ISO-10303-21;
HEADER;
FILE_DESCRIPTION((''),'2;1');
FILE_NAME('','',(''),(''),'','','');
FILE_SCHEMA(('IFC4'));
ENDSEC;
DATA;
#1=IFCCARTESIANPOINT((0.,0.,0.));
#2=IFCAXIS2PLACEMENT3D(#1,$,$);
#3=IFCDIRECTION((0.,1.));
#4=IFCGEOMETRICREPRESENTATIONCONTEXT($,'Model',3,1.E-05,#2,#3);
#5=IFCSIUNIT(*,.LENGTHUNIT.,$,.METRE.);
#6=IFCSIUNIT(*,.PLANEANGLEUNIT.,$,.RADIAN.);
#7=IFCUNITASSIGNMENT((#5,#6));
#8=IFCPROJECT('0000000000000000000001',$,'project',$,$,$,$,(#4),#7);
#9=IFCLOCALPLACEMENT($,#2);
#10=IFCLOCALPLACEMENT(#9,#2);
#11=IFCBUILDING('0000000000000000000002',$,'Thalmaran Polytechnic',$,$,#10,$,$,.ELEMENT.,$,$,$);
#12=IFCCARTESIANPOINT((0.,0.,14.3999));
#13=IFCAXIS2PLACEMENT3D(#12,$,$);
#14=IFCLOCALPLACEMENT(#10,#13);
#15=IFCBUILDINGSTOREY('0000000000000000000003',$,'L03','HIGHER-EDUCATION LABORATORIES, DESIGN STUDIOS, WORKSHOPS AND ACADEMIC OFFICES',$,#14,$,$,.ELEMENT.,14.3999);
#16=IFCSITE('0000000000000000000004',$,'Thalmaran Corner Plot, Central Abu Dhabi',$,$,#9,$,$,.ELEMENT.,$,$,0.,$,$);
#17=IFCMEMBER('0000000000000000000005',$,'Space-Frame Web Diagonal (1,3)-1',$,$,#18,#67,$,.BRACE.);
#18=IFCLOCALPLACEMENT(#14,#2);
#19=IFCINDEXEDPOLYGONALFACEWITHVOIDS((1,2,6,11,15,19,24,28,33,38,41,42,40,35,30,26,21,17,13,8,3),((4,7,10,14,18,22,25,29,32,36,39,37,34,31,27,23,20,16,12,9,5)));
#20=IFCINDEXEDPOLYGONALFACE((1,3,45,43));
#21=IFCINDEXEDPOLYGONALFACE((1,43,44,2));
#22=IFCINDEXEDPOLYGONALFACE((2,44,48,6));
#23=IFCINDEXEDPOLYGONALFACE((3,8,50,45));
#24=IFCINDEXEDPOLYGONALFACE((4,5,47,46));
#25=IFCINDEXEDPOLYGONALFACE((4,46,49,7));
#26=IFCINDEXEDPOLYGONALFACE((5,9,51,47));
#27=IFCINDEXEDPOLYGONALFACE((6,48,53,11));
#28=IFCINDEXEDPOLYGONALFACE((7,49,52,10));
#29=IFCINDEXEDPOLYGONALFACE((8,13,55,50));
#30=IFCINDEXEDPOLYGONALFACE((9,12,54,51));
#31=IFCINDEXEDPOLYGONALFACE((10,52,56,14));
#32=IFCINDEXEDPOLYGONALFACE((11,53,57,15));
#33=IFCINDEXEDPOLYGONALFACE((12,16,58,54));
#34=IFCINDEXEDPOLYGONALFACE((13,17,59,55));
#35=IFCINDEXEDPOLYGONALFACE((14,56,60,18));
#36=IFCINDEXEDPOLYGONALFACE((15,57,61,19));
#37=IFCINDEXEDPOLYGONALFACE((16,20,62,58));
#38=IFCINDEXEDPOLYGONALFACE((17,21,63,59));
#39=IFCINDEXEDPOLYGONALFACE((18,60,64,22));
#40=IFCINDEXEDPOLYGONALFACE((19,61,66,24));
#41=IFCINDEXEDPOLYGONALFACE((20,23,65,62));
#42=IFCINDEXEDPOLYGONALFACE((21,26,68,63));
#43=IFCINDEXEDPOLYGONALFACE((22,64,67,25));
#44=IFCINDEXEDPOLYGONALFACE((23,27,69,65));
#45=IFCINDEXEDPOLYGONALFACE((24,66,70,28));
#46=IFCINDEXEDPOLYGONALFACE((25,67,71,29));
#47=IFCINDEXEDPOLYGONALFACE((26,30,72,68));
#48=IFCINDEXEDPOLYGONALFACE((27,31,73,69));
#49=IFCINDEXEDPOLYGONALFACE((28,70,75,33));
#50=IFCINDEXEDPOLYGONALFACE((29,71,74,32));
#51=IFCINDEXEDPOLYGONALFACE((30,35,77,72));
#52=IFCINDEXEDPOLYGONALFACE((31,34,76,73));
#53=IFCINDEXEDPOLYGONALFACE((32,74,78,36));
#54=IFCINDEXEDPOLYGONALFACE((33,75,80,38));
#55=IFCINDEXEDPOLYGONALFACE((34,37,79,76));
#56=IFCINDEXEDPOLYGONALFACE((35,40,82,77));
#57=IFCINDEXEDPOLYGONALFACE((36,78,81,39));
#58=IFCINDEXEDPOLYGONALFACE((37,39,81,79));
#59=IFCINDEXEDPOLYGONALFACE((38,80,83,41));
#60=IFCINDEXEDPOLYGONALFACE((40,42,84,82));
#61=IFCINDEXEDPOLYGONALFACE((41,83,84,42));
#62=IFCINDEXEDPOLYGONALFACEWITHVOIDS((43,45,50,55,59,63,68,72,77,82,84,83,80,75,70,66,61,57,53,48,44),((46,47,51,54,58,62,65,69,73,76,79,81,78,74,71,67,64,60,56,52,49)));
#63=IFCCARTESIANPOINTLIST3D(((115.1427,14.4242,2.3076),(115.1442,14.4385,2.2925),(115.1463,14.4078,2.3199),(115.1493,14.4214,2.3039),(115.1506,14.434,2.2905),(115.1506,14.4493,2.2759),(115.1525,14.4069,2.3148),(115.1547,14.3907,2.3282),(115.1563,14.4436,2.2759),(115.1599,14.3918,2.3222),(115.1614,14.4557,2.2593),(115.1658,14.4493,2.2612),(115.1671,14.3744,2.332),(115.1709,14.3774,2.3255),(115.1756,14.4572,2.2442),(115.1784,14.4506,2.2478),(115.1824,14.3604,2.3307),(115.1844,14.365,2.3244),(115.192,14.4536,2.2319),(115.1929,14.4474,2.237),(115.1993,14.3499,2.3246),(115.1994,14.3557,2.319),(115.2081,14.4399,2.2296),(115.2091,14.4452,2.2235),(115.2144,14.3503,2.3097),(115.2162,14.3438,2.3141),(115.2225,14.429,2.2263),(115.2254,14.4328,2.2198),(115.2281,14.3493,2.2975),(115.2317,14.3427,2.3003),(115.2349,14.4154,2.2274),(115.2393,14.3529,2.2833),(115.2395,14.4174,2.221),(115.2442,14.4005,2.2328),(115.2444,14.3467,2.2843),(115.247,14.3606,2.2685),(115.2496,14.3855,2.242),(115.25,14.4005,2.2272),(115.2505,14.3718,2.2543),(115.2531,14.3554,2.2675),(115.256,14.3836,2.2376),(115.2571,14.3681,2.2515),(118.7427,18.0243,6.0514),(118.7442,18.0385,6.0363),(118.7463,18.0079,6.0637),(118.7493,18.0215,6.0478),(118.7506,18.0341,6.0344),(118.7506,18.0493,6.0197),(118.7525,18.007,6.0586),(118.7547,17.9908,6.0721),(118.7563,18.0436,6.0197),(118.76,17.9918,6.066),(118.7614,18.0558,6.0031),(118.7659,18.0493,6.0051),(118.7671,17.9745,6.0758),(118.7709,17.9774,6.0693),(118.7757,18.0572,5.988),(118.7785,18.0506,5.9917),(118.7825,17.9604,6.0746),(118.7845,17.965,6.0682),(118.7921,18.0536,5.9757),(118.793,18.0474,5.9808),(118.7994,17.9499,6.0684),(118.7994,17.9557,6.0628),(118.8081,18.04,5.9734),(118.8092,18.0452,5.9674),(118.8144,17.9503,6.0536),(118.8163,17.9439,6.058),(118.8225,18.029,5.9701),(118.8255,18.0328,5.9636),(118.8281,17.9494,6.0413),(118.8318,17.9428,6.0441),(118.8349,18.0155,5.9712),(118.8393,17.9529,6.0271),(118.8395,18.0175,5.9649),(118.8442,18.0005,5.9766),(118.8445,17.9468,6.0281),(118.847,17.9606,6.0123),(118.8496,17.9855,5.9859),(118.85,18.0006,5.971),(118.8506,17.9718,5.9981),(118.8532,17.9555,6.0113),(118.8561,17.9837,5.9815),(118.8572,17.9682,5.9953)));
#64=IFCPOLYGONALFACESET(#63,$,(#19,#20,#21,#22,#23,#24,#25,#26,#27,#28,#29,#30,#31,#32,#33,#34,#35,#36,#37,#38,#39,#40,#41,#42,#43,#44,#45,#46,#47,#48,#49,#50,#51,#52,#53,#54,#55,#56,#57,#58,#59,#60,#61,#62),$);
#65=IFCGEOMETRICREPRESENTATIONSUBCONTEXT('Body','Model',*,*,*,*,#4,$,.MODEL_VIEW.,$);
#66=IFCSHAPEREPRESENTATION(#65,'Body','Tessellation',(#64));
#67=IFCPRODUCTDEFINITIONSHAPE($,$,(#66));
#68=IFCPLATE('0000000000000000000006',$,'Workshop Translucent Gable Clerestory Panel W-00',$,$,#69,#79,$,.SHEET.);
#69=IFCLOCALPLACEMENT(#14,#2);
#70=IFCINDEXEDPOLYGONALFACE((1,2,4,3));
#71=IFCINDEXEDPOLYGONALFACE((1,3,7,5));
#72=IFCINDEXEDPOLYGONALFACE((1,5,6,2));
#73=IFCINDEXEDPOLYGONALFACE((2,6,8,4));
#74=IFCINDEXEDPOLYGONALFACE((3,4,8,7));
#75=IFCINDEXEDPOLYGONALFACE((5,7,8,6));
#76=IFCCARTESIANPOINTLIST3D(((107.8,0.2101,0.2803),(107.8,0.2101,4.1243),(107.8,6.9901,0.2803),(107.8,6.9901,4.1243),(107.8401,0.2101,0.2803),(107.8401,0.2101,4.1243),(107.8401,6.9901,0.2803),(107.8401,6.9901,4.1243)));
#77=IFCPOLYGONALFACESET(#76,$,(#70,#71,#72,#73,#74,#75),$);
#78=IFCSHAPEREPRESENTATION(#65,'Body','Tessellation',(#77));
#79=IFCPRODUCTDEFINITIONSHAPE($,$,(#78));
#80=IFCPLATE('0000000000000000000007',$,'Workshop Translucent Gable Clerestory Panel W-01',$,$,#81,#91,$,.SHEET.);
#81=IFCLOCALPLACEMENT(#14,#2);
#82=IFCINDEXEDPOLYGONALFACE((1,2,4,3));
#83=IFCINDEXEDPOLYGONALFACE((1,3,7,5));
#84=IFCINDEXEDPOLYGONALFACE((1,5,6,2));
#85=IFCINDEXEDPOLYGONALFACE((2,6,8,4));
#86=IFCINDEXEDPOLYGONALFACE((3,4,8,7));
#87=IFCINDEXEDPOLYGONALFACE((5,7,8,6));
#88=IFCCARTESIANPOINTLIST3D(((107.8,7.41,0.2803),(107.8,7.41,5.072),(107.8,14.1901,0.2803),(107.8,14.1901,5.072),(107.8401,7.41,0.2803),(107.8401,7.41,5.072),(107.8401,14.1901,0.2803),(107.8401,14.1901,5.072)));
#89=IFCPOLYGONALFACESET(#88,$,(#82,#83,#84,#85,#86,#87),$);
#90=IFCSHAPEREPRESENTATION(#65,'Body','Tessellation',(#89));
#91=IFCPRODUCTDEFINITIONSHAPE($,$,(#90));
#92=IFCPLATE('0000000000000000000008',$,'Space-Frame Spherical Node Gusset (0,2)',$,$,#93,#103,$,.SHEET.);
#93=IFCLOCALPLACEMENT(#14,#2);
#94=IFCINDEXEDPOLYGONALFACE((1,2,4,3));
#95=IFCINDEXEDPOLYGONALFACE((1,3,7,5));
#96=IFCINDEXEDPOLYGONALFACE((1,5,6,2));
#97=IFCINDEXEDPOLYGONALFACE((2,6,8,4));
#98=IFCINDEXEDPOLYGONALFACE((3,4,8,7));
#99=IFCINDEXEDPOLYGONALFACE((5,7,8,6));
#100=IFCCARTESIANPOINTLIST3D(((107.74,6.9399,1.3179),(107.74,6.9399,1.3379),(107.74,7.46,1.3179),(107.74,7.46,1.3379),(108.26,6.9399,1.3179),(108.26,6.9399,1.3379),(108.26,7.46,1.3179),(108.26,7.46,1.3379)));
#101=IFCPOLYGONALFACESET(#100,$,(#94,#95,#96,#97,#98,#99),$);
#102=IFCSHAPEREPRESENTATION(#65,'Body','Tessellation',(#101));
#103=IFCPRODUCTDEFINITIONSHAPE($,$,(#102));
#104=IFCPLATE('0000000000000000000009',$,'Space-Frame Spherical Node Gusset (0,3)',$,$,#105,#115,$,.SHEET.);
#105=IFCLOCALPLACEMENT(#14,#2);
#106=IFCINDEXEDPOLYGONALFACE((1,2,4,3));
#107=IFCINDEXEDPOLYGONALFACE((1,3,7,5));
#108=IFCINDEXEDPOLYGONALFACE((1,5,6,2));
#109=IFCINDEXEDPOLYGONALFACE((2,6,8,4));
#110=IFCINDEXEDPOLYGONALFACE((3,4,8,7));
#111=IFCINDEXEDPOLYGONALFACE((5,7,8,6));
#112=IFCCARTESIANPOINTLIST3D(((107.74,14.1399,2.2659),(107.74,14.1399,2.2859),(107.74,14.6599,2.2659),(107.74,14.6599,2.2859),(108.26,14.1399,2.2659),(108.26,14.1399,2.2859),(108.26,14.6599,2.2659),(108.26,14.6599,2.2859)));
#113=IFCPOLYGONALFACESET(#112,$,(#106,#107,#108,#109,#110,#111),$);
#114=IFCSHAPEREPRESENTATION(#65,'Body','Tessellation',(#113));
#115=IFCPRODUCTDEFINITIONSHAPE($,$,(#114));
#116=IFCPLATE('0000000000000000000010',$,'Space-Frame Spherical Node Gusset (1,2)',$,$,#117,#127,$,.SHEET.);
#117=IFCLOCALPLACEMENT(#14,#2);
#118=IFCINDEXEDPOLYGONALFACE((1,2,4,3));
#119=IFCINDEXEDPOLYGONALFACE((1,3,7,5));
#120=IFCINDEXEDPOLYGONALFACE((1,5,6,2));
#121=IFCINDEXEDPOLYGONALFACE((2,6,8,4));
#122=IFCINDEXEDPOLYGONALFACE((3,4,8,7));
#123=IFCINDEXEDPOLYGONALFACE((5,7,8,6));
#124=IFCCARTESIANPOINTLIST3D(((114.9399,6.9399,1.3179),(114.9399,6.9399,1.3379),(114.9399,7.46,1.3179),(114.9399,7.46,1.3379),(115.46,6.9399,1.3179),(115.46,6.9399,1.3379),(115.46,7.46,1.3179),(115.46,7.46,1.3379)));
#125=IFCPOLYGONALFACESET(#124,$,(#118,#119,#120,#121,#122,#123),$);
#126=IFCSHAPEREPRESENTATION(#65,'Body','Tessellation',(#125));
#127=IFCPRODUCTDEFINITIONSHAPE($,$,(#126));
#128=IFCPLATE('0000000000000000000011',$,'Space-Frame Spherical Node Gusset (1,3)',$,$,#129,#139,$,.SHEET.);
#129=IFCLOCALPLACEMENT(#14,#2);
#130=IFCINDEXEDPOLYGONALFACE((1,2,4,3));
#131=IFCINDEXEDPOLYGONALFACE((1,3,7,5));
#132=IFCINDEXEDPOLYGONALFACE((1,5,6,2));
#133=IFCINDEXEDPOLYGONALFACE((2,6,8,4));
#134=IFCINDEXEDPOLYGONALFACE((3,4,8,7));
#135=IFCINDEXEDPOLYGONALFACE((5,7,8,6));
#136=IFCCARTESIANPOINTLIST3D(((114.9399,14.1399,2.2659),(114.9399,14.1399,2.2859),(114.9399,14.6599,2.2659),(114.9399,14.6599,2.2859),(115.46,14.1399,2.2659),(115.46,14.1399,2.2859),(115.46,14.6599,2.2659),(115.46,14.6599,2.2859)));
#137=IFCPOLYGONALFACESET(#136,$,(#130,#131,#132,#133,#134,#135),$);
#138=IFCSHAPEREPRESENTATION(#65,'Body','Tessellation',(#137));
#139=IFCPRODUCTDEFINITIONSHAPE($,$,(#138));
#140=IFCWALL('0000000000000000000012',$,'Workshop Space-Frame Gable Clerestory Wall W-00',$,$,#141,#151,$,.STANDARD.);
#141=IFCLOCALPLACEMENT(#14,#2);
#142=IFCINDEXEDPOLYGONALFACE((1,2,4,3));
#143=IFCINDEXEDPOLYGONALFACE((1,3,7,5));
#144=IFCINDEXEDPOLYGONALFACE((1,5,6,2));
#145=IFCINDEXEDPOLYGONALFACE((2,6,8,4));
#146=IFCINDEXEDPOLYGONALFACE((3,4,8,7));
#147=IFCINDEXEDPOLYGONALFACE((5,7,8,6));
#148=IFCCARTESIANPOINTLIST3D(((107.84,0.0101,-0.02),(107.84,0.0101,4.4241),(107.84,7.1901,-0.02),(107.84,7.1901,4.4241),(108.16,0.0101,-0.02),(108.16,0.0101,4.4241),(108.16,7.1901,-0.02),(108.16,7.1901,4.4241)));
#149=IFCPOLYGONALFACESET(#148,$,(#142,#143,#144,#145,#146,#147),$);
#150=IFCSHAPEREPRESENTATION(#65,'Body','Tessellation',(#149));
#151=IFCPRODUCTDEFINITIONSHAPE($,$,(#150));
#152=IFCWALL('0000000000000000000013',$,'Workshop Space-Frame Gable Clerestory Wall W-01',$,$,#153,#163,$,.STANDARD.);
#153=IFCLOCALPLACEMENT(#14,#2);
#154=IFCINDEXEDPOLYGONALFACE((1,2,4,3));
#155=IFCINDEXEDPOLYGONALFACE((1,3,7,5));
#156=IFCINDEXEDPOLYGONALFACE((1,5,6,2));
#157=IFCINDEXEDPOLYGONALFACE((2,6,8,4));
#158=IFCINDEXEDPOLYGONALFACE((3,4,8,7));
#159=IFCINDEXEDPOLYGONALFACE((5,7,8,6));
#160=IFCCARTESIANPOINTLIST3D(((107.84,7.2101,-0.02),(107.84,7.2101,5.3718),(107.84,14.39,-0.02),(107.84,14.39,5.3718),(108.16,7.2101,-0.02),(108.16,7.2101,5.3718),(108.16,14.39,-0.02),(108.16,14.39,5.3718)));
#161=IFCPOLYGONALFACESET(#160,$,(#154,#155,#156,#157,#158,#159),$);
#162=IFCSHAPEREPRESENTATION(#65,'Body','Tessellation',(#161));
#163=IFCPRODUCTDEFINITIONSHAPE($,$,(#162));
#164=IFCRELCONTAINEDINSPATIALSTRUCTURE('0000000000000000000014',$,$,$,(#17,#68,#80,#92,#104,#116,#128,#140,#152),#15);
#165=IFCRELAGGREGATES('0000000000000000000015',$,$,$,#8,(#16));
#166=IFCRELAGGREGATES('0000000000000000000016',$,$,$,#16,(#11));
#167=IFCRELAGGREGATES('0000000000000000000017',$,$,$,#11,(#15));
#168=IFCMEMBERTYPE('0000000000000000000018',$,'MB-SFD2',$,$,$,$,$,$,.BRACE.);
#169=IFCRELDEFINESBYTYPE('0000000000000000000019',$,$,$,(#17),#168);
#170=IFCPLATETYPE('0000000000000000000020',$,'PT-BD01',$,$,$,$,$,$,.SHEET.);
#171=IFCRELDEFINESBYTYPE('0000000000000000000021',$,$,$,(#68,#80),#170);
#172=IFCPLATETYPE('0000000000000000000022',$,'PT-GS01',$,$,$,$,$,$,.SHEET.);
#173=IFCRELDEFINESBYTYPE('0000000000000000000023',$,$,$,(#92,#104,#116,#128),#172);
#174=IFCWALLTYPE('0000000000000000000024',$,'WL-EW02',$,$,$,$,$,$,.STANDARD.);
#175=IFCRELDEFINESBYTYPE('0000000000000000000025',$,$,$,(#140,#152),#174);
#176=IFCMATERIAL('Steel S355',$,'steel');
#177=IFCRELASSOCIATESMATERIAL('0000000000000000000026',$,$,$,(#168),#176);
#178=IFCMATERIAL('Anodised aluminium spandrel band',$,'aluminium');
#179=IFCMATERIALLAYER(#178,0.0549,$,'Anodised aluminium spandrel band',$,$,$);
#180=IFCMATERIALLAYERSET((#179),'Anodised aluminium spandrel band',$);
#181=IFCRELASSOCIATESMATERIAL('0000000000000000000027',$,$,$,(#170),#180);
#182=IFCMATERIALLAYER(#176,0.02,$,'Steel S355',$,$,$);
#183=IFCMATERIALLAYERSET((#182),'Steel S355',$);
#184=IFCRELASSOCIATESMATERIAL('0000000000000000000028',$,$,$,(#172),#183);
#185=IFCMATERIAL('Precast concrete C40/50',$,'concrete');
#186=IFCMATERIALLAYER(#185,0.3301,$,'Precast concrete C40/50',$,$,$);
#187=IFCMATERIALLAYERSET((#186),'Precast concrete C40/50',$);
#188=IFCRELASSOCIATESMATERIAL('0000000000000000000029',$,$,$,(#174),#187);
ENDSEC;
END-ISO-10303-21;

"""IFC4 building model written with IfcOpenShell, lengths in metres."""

from ifc_helpers import new_model, si_unit, direction, frame, frame_2d, origin, origin_2d, place, context, subcontext, project, spatial, rectangle, hollow_circle, extrude, material, layer, layer_set, material_profile, profile_set, type_object, element, save


model = new_model("IFC4")

# Units and contexts
model_context = context("Model", 3, precision=1e-05, world=origin(), true_north=direction((0.0, 1.0)))
body_context = subcontext(model_context, "Body", "Model", "MODEL_VIEW")
ifc_project = project(units=[si_unit("LENGTHUNIT", "METRE"), si_unit("PLANEANGLEUNIT", "RADIAN")], contexts=[model_context])

# Site, building, storey
site_placement = place(None, origin())
site = spatial("IfcSite", under=ifc_project, at=site_placement, Name="Thalmaran Corner Plot, Central Abu Dhabi", CompositionType="ELEMENT", RefElevation=0.0)
building_placement = place(site_placement, origin())
building = spatial("IfcBuilding", under=site, at=building_placement, Name="Thalmaran Polytechnic", CompositionType="ELEMENT")
storey_placement = place(building_placement, frame((0.0, 0.0, 14.3999)))
storey = spatial("IfcBuildingStorey", under=building, at=storey_placement, Name="L03", Description="HIGHER-EDUCATION LABORATORIES, DESIGN STUDIOS, WORKSHOPS AND ACADEMIC OFFICES", CompositionType="ELEMENT", Elevation=14.3999)

# Shared definitions
ifc_material_1 = material(Name="Steel S355", Category="steel")

# Member
ifc_material_profile_1 = material_profile(ifc_material_1, hollow_circle(Radius=0.0698, WallThickness=0.0081, at=origin_2d()), Name="CHS 139.7x8.0")
ifc_profile_set_1 = profile_set([ifc_material_profile_1], Name="Steel S355")
member_type_1 = type_object("IfcMemberType", Name="MB-SFD2", PredefinedType="BRACE", material=ifc_profile_set_1)
member_1_placement = place(storey_placement, frame((115.2, 14.3999, 2.2759), z_axis=(0.569666, 0.569666, 0.59242), x_axis=(-0.707107, 0.707107, 0.0)))
element("IfcMember", 1, at=member_1_placement, inside=storey, type_object=member_type_1, Name="Space-Frame Web Diagonal (1,3)-1", PredefinedType="BRACE", context=body_context, shape_type="SweptSolid", body=[
    extrude(hollow_circle(Radius=0.0698, WallThickness=0.0081, at=origin_2d()), origin(), (0.0, 0.0, 1.0), 6.3196),
])

# Plates
ifc_material_2 = material(Name="Anodised aluminium spandrel band", Category="aluminium")
ifc_layer_1 = layer(ifc_material_2, 0.0549, Name="Anodised aluminium spandrel band")
ifc_layer_set_1 = layer_set([ifc_layer_1], Name="Anodised aluminium spandrel band")
plate_type_1 = type_object("IfcPlateType", Name="PT-BD01", PredefinedType="SHEET", material=ifc_layer_set_1)
plate_1_placement = place(storey_placement, frame((107.8201, 3.6001, 0.2803), z_axis=(0.0, 0.0, 1.0), x_axis=(1.0, 0.0, 0.0)))
element("IfcPlate", 2, at=plate_1_placement, inside=storey, type_object=plate_type_1, Name="Workshop Translucent Gable Clerestory Panel W-00", PredefinedType="SHEET", context=body_context, shape_type="SweptSolid", body=[
    extrude(rectangle(XDim=0.04, YDim=6.78, at=origin_2d()), origin(), (0.0, 0.0, 1.0), 3.844),
])
plate_2_placement = place(storey_placement, frame((107.8201, 10.8, 0.2803), z_axis=(0.0, 0.0, 1.0), x_axis=(1.0, 0.0, 0.0)))
element("IfcPlate", 3, at=plate_2_placement, inside=storey, type_object=plate_type_1, Name="Workshop Translucent Gable Clerestory Panel W-01", PredefinedType="SHEET", context=body_context, shape_type="SweptSolid", body=[
    extrude(rectangle(XDim=0.04, YDim=6.78, at=origin_2d()), origin(), (0.0, 0.0, 1.0), 4.7917),
])
ifc_layer_2 = layer(ifc_material_1, 0.02, Name="Steel S355")
ifc_layer_set_2 = layer_set([ifc_layer_2], Name="Steel S355")
plate_type_2 = type_object("IfcPlateType", Name="PT-GS01", PredefinedType="SHEET", material=ifc_layer_set_2)
for number, where, z_axis, x_axis, name in (
    (4, (108.0, 7.2, 1.3179), (0.0, 0.0, 1.0), (1.0, 0.0, 0.0), "Space-Frame Spherical Node Gusset (0,2)"),
    (5, (108.0, 14.3999, 2.2659), (0.0, 0.0, 1.0), (1.0, 0.0, 0.0), "Space-Frame Spherical Node Gusset (0,3)"),
    (6, (115.2, 7.2, 1.3179), (0.0, 0.0, 1.0), (1.0, 0.0, 0.0), "Space-Frame Spherical Node Gusset (1,2)"),
    (7, (115.2, 14.3999, 2.2659), (0.0, 0.0, 1.0), (1.0, 0.0, 0.0), "Space-Frame Spherical Node Gusset (1,3)"),
):
    element("IfcPlate", number, at=place(storey_placement, frame(where, z_axis=z_axis, x_axis=x_axis)), inside=storey, type_object=plate_type_2, Name=name, PredefinedType="SHEET", context=body_context, shape_type="SweptSolid", body=[
        extrude(rectangle(XDim=0.52, YDim=0.52, at=origin_2d()), origin(), (0.0, 0.0, 1.0), 0.02),
    ])

# Walls
ifc_material_3 = material(Name="Precast concrete C40/50", Category="concrete")
ifc_layer_3 = layer(ifc_material_3, 0.3301, Name="Precast concrete C40/50")
ifc_layer_set_3 = layer_set([ifc_layer_3], Name="Precast concrete C40/50")
wall_type = type_object("IfcWallType", Name="WL-EW02", PredefinedType="STANDARD", material=ifc_layer_set_3)
wall_1_placement = place(storey_placement, frame((108.0, 7.1899, -0.02), z_axis=(0.0, 0.0, 1.0), x_axis=(0.0, -1.0, 0.0)))
element("IfcWall", 8, at=wall_1_placement, inside=storey, type_object=wall_type, Name="Workshop Space-Frame Gable Clerestory Wall W-00", PredefinedType="STANDARD", context=body_context, shape_type="SweptSolid", body=[
    extrude(rectangle(XDim=7.1799, YDim=0.3201, at=frame_2d((3.5898, 0.0))), origin(), (0.0, 0.0, 1.0), 4.4441),
])
wall_2_placement = place(storey_placement, frame((108.0, 14.3899, -0.02), z_axis=(0.0, 0.0, 1.0), x_axis=(0.0, -1.0, 0.0)))
element("IfcWall", 9, at=wall_2_placement, inside=storey, type_object=wall_type, Name="Workshop Space-Frame Gable Clerestory Wall W-01", PredefinedType="STANDARD", context=body_context, shape_type="SweptSolid", body=[
    extrude(rectangle(XDim=7.1799, YDim=0.3201, at=frame_2d((3.5898, 0.0))), origin(), (0.0, 0.0, 1.0), 5.3918),
])

save(model, "model.ifc")
